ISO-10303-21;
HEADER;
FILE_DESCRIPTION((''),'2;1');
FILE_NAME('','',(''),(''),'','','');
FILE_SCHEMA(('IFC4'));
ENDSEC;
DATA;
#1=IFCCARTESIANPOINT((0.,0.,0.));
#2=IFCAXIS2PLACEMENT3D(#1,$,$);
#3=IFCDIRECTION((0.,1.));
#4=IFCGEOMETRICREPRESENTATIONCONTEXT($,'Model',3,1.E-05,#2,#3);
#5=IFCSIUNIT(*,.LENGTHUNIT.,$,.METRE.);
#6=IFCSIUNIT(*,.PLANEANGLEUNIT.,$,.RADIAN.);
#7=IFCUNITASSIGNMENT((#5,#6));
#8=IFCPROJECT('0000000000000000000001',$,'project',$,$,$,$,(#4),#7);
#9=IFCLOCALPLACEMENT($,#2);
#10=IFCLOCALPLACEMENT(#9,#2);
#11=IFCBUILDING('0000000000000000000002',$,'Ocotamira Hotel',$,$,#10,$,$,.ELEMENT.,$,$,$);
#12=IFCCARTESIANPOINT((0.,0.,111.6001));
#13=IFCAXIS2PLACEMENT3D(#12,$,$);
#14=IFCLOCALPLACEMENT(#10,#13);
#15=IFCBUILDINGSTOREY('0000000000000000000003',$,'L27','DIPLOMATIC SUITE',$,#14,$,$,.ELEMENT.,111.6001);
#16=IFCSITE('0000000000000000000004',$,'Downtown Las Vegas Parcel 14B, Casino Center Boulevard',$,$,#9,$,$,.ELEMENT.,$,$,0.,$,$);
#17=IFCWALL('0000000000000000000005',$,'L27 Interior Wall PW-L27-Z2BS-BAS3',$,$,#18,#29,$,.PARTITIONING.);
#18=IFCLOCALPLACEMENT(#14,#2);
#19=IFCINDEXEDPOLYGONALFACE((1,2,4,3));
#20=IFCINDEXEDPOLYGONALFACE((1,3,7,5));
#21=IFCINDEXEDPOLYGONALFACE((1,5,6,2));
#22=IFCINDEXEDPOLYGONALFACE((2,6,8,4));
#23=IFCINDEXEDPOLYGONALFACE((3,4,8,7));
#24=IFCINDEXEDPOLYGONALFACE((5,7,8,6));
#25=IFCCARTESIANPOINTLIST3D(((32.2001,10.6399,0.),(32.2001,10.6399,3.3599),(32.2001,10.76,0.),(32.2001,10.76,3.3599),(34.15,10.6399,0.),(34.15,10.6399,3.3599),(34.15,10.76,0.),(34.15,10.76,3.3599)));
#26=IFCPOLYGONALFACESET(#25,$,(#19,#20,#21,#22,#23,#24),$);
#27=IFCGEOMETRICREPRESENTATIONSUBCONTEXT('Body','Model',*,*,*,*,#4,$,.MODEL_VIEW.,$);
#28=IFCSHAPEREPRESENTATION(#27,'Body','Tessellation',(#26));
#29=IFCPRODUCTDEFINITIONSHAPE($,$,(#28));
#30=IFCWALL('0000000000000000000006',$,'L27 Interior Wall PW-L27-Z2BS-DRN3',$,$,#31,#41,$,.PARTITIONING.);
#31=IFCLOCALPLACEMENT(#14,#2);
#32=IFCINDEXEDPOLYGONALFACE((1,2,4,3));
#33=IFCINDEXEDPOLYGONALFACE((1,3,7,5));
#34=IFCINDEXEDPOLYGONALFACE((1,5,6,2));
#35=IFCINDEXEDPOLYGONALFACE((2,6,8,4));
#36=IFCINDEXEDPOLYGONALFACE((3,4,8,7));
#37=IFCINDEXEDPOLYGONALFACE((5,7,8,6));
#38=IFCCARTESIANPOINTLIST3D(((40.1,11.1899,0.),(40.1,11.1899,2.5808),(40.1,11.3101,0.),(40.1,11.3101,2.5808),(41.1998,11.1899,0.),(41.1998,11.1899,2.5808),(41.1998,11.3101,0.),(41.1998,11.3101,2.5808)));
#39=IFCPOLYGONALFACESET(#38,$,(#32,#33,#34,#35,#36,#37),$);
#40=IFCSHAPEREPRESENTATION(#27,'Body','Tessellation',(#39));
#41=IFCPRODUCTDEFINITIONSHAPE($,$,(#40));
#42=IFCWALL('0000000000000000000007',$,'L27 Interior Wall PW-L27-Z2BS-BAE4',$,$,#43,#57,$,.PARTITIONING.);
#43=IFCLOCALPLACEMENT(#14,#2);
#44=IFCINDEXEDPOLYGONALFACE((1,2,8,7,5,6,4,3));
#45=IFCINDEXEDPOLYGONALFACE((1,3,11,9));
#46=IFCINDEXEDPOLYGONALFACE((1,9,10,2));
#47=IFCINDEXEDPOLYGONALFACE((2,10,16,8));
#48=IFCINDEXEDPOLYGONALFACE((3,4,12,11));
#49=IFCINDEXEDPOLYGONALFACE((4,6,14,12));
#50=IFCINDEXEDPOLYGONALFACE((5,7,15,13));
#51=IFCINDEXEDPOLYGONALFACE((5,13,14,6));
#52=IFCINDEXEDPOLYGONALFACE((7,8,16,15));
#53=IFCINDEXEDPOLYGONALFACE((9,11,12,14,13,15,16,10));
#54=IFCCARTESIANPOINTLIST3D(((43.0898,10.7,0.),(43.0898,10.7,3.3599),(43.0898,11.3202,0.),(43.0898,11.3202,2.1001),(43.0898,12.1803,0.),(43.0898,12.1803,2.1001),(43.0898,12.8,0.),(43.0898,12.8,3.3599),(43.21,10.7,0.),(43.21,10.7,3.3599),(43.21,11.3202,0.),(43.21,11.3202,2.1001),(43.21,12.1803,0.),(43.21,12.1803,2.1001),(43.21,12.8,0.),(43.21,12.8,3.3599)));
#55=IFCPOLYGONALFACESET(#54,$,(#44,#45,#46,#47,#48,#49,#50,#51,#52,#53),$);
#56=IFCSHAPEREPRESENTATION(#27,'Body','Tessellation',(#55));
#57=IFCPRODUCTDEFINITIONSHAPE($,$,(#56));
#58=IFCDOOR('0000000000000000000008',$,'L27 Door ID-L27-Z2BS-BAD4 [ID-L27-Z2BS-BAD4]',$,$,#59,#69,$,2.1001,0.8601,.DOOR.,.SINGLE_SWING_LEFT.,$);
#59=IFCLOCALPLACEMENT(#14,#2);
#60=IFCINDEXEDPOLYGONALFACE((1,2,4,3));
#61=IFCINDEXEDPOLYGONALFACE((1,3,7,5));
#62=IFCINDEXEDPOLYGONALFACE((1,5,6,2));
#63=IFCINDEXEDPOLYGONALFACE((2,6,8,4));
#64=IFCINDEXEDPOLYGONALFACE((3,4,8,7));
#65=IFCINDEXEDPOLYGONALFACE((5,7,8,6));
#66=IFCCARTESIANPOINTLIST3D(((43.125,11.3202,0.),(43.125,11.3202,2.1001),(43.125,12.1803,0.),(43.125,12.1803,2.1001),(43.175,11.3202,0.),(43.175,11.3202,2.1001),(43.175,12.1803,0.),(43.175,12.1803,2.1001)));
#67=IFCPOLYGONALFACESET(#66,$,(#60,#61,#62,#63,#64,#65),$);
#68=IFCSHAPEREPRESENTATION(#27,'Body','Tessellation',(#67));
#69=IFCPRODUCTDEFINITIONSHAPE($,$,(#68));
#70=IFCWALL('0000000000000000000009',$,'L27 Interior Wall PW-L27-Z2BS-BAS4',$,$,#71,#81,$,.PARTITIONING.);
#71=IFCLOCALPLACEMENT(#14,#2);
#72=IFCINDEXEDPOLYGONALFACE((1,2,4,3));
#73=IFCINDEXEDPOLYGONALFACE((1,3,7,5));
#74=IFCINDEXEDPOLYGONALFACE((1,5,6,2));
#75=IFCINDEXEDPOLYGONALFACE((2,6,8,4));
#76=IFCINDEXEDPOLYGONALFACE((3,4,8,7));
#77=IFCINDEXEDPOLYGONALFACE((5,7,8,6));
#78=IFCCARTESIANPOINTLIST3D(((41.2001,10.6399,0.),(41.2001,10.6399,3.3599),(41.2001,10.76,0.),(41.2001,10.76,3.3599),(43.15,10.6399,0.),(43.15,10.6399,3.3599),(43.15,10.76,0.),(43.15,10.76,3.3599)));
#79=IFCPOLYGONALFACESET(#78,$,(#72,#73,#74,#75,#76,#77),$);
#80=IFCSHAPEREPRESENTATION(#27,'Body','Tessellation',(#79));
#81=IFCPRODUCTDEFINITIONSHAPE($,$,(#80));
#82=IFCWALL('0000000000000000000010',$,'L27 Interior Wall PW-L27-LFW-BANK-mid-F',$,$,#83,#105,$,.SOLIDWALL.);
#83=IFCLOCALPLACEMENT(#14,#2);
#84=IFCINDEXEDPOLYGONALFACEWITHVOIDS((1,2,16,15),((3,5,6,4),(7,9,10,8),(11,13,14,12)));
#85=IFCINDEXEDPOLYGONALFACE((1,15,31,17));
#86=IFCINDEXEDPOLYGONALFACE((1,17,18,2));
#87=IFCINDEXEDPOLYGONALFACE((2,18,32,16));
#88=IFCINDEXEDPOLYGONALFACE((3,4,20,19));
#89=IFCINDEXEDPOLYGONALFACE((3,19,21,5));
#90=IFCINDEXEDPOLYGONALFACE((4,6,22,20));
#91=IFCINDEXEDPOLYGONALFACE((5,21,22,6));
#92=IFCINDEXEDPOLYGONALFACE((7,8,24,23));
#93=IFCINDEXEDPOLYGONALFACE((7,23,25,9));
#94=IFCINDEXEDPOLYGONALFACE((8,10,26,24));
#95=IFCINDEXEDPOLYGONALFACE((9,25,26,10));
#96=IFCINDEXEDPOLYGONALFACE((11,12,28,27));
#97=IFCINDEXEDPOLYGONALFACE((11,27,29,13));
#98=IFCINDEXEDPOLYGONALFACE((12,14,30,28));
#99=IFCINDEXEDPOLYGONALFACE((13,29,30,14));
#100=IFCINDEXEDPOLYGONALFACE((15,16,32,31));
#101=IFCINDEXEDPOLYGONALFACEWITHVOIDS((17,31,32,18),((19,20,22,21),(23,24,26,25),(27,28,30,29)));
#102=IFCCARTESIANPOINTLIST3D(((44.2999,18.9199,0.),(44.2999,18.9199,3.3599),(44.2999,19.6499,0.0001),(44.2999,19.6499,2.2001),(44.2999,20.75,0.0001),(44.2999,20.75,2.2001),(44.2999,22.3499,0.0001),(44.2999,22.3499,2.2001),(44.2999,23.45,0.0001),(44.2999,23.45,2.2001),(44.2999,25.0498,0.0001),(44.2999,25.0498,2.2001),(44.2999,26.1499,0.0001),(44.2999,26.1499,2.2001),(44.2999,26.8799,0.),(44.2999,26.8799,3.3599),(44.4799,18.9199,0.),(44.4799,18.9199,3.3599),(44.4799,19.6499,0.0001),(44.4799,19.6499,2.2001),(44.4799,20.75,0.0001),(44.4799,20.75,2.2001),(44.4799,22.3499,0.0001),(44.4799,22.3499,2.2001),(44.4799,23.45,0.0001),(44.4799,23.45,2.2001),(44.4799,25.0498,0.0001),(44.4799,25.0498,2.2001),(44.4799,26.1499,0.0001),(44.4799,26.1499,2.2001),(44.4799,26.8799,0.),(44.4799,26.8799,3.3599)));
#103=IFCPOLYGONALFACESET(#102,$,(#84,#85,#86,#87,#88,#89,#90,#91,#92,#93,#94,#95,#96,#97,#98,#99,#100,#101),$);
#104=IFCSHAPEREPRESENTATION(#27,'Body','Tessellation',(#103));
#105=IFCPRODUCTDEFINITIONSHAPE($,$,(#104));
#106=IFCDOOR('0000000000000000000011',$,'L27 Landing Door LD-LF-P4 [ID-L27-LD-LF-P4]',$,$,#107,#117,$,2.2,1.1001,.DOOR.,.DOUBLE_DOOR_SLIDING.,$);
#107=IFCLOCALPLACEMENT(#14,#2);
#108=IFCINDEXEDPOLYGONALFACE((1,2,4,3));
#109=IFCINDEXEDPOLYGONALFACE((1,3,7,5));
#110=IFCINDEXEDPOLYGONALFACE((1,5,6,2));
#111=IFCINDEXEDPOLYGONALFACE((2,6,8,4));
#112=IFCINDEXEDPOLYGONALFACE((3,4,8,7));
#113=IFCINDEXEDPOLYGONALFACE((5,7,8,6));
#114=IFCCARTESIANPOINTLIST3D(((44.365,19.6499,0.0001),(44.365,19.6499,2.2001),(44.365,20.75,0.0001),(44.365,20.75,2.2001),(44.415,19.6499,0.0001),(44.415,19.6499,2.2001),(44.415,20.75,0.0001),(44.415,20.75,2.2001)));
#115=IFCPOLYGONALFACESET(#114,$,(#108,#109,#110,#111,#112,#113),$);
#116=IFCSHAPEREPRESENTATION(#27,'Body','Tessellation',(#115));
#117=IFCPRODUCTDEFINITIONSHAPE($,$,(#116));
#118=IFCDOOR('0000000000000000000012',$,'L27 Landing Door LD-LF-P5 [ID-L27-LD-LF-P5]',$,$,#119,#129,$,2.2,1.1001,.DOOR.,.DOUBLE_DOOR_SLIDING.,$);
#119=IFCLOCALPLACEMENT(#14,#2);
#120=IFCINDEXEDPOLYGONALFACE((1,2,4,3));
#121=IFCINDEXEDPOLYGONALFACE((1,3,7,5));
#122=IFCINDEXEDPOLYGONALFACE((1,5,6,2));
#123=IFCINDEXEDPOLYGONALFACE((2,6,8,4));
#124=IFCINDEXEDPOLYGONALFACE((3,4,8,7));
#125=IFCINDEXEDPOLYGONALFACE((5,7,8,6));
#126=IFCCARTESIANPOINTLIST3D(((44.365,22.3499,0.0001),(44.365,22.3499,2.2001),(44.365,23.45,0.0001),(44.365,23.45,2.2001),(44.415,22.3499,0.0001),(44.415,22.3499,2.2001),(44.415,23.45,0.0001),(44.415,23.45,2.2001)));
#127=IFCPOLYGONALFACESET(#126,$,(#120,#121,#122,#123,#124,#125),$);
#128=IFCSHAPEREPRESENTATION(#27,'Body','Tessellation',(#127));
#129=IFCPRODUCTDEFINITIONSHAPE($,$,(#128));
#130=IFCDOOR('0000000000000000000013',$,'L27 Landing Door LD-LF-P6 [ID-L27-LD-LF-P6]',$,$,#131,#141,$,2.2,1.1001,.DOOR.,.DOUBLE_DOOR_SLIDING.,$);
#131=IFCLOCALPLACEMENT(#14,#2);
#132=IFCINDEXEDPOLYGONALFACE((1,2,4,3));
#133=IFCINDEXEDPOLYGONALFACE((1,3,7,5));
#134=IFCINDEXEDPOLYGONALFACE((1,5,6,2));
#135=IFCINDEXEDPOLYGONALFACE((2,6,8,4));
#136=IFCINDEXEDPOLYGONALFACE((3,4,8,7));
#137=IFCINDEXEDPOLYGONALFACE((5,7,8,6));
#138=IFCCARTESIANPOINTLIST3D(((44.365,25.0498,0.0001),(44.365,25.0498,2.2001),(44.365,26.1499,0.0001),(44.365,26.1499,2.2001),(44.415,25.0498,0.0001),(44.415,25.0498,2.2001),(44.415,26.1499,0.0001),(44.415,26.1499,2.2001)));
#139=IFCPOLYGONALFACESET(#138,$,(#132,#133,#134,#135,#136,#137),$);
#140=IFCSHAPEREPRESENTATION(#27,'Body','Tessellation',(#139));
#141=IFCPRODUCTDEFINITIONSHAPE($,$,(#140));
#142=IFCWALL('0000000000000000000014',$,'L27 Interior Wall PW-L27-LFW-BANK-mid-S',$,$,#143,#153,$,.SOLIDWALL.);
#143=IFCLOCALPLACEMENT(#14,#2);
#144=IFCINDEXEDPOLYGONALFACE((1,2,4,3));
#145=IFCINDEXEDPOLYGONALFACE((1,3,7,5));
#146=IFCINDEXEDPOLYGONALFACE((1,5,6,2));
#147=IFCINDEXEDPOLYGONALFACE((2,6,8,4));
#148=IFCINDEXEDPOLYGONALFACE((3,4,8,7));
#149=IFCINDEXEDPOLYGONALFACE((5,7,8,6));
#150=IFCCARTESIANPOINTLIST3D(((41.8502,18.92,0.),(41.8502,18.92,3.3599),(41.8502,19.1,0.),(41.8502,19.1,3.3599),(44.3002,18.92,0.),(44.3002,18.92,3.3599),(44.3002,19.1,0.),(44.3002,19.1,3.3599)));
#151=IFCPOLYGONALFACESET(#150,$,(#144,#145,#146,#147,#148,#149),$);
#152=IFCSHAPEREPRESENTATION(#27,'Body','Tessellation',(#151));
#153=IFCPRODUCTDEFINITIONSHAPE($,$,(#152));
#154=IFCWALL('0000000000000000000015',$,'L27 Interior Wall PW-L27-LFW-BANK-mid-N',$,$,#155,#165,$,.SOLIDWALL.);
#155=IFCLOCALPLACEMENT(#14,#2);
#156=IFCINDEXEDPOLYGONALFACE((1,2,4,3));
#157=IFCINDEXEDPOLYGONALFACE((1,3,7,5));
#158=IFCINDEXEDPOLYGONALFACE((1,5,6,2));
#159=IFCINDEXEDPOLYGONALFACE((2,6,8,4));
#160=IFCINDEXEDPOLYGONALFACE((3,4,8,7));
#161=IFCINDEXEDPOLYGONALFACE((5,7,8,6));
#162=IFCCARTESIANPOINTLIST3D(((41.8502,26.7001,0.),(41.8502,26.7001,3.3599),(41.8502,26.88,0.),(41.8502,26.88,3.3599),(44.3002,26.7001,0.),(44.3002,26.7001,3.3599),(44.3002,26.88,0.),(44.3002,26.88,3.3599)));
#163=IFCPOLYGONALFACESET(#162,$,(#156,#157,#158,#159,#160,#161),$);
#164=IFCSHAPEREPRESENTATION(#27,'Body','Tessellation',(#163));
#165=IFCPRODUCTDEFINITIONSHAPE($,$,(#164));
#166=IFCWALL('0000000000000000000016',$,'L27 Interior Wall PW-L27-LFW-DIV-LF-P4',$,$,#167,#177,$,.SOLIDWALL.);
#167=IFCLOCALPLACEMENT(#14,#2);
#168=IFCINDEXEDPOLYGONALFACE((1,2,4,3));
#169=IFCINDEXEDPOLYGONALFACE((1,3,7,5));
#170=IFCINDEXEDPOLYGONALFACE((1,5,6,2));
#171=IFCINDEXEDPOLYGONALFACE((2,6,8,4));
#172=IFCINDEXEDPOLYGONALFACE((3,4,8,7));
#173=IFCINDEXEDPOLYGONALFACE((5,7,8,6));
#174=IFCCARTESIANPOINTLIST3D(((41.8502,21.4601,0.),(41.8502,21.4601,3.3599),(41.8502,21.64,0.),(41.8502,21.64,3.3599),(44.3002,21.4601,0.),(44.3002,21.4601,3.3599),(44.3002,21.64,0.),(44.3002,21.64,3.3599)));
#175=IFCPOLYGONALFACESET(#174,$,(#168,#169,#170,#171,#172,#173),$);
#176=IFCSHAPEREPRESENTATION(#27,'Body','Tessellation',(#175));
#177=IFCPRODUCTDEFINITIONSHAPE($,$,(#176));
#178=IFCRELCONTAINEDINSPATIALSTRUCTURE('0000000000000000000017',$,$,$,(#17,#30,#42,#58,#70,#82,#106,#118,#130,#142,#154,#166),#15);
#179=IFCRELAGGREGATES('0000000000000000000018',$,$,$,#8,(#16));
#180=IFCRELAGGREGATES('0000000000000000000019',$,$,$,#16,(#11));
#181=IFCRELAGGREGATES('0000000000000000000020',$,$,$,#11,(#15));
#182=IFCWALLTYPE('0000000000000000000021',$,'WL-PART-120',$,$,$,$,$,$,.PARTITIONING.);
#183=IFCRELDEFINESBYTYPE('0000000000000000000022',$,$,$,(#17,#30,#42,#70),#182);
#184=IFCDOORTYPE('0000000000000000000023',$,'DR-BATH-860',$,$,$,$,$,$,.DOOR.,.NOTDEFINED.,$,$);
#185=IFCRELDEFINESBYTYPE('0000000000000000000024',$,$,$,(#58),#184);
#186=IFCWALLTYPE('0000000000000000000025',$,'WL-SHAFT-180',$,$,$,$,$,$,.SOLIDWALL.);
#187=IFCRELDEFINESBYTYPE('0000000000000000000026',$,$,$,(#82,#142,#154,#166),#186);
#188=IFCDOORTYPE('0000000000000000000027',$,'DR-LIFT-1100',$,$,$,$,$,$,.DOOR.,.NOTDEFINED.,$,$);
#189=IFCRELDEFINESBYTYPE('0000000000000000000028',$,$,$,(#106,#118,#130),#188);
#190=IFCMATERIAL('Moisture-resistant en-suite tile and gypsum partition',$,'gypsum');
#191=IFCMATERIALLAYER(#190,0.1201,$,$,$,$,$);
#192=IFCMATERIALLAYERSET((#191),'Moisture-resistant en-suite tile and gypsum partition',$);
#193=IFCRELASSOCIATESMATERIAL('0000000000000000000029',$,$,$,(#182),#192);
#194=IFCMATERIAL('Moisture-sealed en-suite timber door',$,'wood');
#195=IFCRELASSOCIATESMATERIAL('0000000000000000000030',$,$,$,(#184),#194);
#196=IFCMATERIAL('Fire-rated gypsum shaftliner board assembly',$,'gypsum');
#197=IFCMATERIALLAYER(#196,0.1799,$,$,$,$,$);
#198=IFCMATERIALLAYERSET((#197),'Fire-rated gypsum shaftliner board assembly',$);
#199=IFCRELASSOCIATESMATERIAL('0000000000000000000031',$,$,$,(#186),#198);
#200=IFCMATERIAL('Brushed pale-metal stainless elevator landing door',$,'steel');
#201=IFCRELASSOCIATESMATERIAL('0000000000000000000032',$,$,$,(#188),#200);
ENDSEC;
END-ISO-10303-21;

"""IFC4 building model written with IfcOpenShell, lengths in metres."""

from ifc_helpers import new_model, si_unit, direction, frame, frame_2d, origin, place, context, subcontext, project, spatial, rectangle, extrude, source, transform, mapped, material, layer, layer_set, type_object, element, fill, save


model = new_model("IFC4")

# Units and contexts
model_context = context("Model", 3, precision=1e-05, world=origin(), true_north=direction((0.0, 1.0)))
body_context = subcontext(model_context, "Body", "Model", "MODEL_VIEW")
ifc_project = project(units=[si_unit("LENGTHUNIT", "METRE"), si_unit("PLANEANGLEUNIT", "RADIAN")], contexts=[model_context])

# Site, building, storey
site_placement = place(None, origin())
site = spatial("IfcSite", under=ifc_project, at=site_placement, Name="Downtown Las Vegas Parcel 14B, Casino Center Boulevard", CompositionType="ELEMENT", RefElevation=0.0)
building_placement = place(site_placement, origin())
building = spatial("IfcBuilding", under=site, at=building_placement, Name="Ocotamira Hotel", CompositionType="ELEMENT")
storey_placement = place(building_placement, frame((0.0, 0.0, 111.6001)))
storey = spatial("IfcBuildingStorey", under=building, at=storey_placement, Name="L27", Description="DIPLOMATIC SUITE", CompositionType="ELEMENT", Elevation=111.6001)

# Shared definitions
ifc_material_1 = material(Name="Moisture-resistant en-suite tile and gypsum partition", Category="gypsum")
ifc_layer_1 = layer(ifc_material_1, 0.1201)
ifc_layer_set_1 = layer_set([ifc_layer_1], Name="Moisture-resistant en-suite tile and gypsum partition")
wall_type_1 = type_object("IfcWallType", Name="WL-PART-120", PredefinedType="PARTITIONING", material=ifc_layer_set_1)

# Shared definitions
ifc_material_2 = material(Name="Moisture-sealed en-suite timber door", Category="wood")
door_type_1 = type_object("IfcDoorType", Name="DR-BATH-860", OperationType="NOTDEFINED", PredefinedType="DOOR", material=ifc_material_2)
shared_shape_1 = source(origin(), body_context, "Body", "SweptSolid", [
    extrude(rectangle(XDim=0.8601, YDim=2.1001, at=frame_2d((0.4302, 1.05))), frame((0.0, 0.0249, 0.0), z_axis=(0.0, -1.0, 0.0), x_axis=(1.0, 0.0, 0.0)), (0.0, 0.0, 1.0), 0.05),
])

# Walls
wall_1_placement = place(storey_placement, frame((32.2, 10.7, 0.0), z_axis=(0.0, 0.0, 1.0), x_axis=(1.0, 0.0, 0.0)))
element("IfcWall", 1, at=wall_1_placement, inside=storey, type_object=wall_type_1, Name="L27 Interior Wall PW-L27-Z2BS-BAS3", PredefinedType="PARTITIONING", context=body_context, shape_type="SweptSolid", body=[
    extrude(rectangle(XDim=1.95, YDim=0.1201, at=frame_2d((0.9751, 0.0))), origin(), (0.0, 0.0, 1.0), 3.3599),
])
wall_2_placement = place(storey_placement, frame((40.1001, 11.25, 0.0), z_axis=(0.0, 0.0, 1.0), x_axis=(1.0, 0.0, 0.0)))
element("IfcWall", 2, at=wall_2_placement, inside=storey, type_object=wall_type_1, Name="L27 Interior Wall PW-L27-Z2BS-DRN3", PredefinedType="PARTITIONING", context=body_context, shape_type="SweptSolid", body=[
    extrude(rectangle(XDim=1.0999, YDim=0.1201, at=frame_2d((0.5498, 0.0))), origin(), (0.0, 0.0, 1.0), 2.5808),
])

# Wall, opening, door
wall_3_placement = place(storey_placement, frame((43.1499, 10.7, 0.0), z_axis=(0.0, 0.0, 1.0), x_axis=(0.0, 1.0, 0.0)))
wall_3 = element("IfcWall", 3, at=wall_3_placement, inside=storey, type_object=wall_type_1, Name="L27 Interior Wall PW-L27-Z2BS-BAE4", PredefinedType="PARTITIONING", context=body_context, shape_type="SweptSolid", body=[
    extrude(rectangle(XDim=2.1001, YDim=0.1201, at=frame_2d((1.05, 0.0))), origin(), (0.0, 0.0, 1.0), 3.3599),
])
opening_1_placement = place(wall_3_placement, frame((0.6201, 0.0, 0.0)))
opening_1 = element("IfcOpeningElement", 4, at=opening_1_placement, cuts=wall_3, PredefinedType="OPENING", context=body_context, shape_type="SweptSolid", body=[
    extrude(rectangle(XDim=0.8601, YDim=2.1001, at=frame_2d((0.4302, 1.05))), frame((0.0, 0.0701, 0.0), z_axis=(0.0, -1.0, 0.0), x_axis=(1.0, 0.0, 0.0)), (0.0, 0.0, 1.0), 0.1401),
])
door_1_placement = place(opening_1_placement, origin())
door_1 = element("IfcDoor", 5, at=door_1_placement, inside=storey, type_object=door_type_1, Name="L27 Door ID-L27-Z2BS-BAD4 [ID-L27-Z2BS-BAD4]", OperationType="SINGLE_SWING_LEFT", OverallHeight=2.1001, OverallWidth=0.8601, PredefinedType="DOOR", context=body_context, shape_type="MappedRepresentation", body=[
    mapped(shared_shape_1, transform((0.0, 0.0, 0.0), scale=1.0)),
])
fill(opening_1, door_1)

# Wall
wall_4_placement = place(storey_placement, frame((41.2, 10.7, 0.0), z_axis=(0.0, 0.0, 1.0), x_axis=(1.0, 0.0, 0.0)))
element("IfcWall", 6, at=wall_4_placement, inside=storey, type_object=wall_type_1, Name="L27 Interior Wall PW-L27-Z2BS-BAS4", PredefinedType="PARTITIONING", context=body_context, shape_type="SweptSolid", body=[
    extrude(rectangle(XDim=1.95, YDim=0.1201, at=frame_2d((0.9751, 0.0))), origin(), (0.0, 0.0, 1.0), 3.3599),
])

# Wall, openings, doors
ifc_material_3 = material(Name="Fire-rated gypsum shaftliner board assembly", Category="gypsum")
ifc_layer_2 = layer(ifc_material_3, 0.1799)
ifc_layer_set_2 = layer_set([ifc_layer_2], Name="Fire-rated gypsum shaftliner board assembly")
wall_type_2 = type_object("IfcWallType", Name="WL-SHAFT-180", PredefinedType="SOLIDWALL", material=ifc_layer_set_2)
wall_5_placement = place(storey_placement, frame((44.3899, 18.9199, 0.0), z_axis=(0.0, 0.0, 1.0), x_axis=(0.0, 1.0, 0.0)))
wall_5 = element("IfcWall", 7, at=wall_5_placement, inside=storey, type_object=wall_type_2, Name="L27 Interior Wall PW-L27-LFW-BANK-mid-F", PredefinedType="SOLIDWALL", context=body_context, shape_type="SweptSolid", body=[
    extrude(rectangle(XDim=7.96, YDim=0.1799, at=frame_2d((3.98, 0.0))), origin(), (0.0, 0.0, 1.0), 3.3599),
])
opening_2_placement = place(wall_5_placement, frame((0.73, 0.0, 0.0)))
opening_2 = element("IfcOpeningElement", 8, at=opening_2_placement, cuts=wall_5, PredefinedType="OPENING", context=body_context, shape_type="SweptSolid", body=[
    extrude(rectangle(XDim=1.1001, YDim=2.2, at=frame_2d((0.55, 1.1001))), frame((0.0, 0.1001, 0.0), z_axis=(0.0, -1.0, 0.0), x_axis=(1.0, 0.0, 0.0)), (0.0, 0.0, 1.0), 0.2),
])
opening_3_placement = place(wall_5_placement, frame((3.4299, 0.0, 0.0)))
opening_3 = element("IfcOpeningElement", 9, at=opening_3_placement, cuts=wall_5, PredefinedType="OPENING", context=body_context, shape_type="SweptSolid", body=[
    extrude(rectangle(XDim=1.1001, YDim=2.2, at=frame_2d((0.55, 1.1001))), frame((0.0, 0.1001, 0.0), z_axis=(0.0, -1.0, 0.0), x_axis=(1.0, 0.0, 0.0)), (0.0, 0.0, 1.0), 0.2),
])
opening_4_placement = place(wall_5_placement, frame((6.1299, 0.0, 0.0)))
opening_4 = element("IfcOpeningElement", 10, at=opening_4_placement, cuts=wall_5, PredefinedType="OPENING", context=body_context, shape_type="SweptSolid", body=[
    extrude(rectangle(XDim=1.1001, YDim=2.2, at=frame_2d((0.55, 1.1001))), frame((0.0, 0.1001, 0.0), z_axis=(0.0, -1.0, 0.0), x_axis=(1.0, 0.0, 0.0)), (0.0, 0.0, 1.0), 0.2),
])
ifc_material_4 = material(Name="Brushed pale-metal stainless elevator landing door", Category="steel")
door_type_2 = type_object("IfcDoorType", Name="DR-LIFT-1100", OperationType="NOTDEFINED", PredefinedType="DOOR", material=ifc_material_4)
shared_shape_2 = source(origin(), body_context, "Body", "SweptSolid", [
    extrude(rectangle(XDim=1.1001, YDim=2.2, at=frame_2d((0.55, 1.1001))), frame((0.0, 0.0249, 0.0), z_axis=(0.0, -1.0, 0.0), x_axis=(1.0, 0.0, 0.0)), (0.0, 0.0, 1.0), 0.05),
])
door_2_placement = place(opening_2_placement, origin())
door_2 = element("IfcDoor", 11, at=door_2_placement, inside=storey, type_object=door_type_2, Name="L27 Landing Door LD-LF-P4 [ID-L27-LD-LF-P4]", OperationType="DOUBLE_DOOR_SLIDING", OverallHeight=2.2, OverallWidth=1.1001, PredefinedType="DOOR", context=body_context, shape_type="MappedRepresentation", body=[
    mapped(shared_shape_2, transform((0.0, 0.0, 0.0), scale=1.0)),
])
fill(opening_2, door_2)
door_3_placement = place(opening_3_placement, origin())
door_3 = element("IfcDoor", 12, at=door_3_placement, inside=storey, type_object=door_type_2, Name="L27 Landing Door LD-LF-P5 [ID-L27-LD-LF-P5]", OperationType="DOUBLE_DOOR_SLIDING", OverallHeight=2.2, OverallWidth=1.1001, PredefinedType="DOOR", context=body_context, shape_type="MappedRepresentation", body=[
    mapped(shared_shape_2, transform((0.0, 0.0, 0.0), scale=1.0)),
])
fill(opening_3, door_3)
door_4_placement = place(opening_4_placement, origin())
door_4 = element("IfcDoor", 13, at=door_4_placement, inside=storey, type_object=door_type_2, Name="L27 Landing Door LD-LF-P6 [ID-L27-LD-LF-P6]", OperationType="DOUBLE_DOOR_SLIDING", OverallHeight=2.2, OverallWidth=1.1001, PredefinedType="DOOR", context=body_context, shape_type="MappedRepresentation", body=[
    mapped(shared_shape_2, transform((0.0, 0.0, 0.0), scale=1.0)),
])
fill(opening_4, door_4)

# Walls
for number, where, z_axis, x_axis, name in (
    (14, (41.8501, 19.01, 0.0), (0.0, 0.0, 1.0), (1.0, 0.0, 0.0), "L27 Interior Wall PW-L27-LFW-BANK-mid-S"),
    (15, (41.8501, 26.79, 0.0), (0.0, 0.0, 1.0), (1.0, 0.0, 0.0), "L27 Interior Wall PW-L27-LFW-BANK-mid-N"),
    (16, (41.8501, 21.55, 0.0), (0.0, 0.0, 1.0), (1.0, 0.0, 0.0), "L27 Interior Wall PW-L27-LFW-DIV-LF-P4"),
):
    element("IfcWall", number, at=place(storey_placement, frame(where, z_axis=z_axis, x_axis=x_axis)), inside=storey, type_object=wall_type_2, Name=name, PredefinedType="SOLIDWALL", context=body_context, shape_type="SweptSolid", body=[
        extrude(rectangle(XDim=2.45, YDim=0.1799, at=frame_2d((1.2251, 0.0))), origin(), (0.0, 0.0, 1.0), 3.3599),
    ])

save(model, "model.ifc")
